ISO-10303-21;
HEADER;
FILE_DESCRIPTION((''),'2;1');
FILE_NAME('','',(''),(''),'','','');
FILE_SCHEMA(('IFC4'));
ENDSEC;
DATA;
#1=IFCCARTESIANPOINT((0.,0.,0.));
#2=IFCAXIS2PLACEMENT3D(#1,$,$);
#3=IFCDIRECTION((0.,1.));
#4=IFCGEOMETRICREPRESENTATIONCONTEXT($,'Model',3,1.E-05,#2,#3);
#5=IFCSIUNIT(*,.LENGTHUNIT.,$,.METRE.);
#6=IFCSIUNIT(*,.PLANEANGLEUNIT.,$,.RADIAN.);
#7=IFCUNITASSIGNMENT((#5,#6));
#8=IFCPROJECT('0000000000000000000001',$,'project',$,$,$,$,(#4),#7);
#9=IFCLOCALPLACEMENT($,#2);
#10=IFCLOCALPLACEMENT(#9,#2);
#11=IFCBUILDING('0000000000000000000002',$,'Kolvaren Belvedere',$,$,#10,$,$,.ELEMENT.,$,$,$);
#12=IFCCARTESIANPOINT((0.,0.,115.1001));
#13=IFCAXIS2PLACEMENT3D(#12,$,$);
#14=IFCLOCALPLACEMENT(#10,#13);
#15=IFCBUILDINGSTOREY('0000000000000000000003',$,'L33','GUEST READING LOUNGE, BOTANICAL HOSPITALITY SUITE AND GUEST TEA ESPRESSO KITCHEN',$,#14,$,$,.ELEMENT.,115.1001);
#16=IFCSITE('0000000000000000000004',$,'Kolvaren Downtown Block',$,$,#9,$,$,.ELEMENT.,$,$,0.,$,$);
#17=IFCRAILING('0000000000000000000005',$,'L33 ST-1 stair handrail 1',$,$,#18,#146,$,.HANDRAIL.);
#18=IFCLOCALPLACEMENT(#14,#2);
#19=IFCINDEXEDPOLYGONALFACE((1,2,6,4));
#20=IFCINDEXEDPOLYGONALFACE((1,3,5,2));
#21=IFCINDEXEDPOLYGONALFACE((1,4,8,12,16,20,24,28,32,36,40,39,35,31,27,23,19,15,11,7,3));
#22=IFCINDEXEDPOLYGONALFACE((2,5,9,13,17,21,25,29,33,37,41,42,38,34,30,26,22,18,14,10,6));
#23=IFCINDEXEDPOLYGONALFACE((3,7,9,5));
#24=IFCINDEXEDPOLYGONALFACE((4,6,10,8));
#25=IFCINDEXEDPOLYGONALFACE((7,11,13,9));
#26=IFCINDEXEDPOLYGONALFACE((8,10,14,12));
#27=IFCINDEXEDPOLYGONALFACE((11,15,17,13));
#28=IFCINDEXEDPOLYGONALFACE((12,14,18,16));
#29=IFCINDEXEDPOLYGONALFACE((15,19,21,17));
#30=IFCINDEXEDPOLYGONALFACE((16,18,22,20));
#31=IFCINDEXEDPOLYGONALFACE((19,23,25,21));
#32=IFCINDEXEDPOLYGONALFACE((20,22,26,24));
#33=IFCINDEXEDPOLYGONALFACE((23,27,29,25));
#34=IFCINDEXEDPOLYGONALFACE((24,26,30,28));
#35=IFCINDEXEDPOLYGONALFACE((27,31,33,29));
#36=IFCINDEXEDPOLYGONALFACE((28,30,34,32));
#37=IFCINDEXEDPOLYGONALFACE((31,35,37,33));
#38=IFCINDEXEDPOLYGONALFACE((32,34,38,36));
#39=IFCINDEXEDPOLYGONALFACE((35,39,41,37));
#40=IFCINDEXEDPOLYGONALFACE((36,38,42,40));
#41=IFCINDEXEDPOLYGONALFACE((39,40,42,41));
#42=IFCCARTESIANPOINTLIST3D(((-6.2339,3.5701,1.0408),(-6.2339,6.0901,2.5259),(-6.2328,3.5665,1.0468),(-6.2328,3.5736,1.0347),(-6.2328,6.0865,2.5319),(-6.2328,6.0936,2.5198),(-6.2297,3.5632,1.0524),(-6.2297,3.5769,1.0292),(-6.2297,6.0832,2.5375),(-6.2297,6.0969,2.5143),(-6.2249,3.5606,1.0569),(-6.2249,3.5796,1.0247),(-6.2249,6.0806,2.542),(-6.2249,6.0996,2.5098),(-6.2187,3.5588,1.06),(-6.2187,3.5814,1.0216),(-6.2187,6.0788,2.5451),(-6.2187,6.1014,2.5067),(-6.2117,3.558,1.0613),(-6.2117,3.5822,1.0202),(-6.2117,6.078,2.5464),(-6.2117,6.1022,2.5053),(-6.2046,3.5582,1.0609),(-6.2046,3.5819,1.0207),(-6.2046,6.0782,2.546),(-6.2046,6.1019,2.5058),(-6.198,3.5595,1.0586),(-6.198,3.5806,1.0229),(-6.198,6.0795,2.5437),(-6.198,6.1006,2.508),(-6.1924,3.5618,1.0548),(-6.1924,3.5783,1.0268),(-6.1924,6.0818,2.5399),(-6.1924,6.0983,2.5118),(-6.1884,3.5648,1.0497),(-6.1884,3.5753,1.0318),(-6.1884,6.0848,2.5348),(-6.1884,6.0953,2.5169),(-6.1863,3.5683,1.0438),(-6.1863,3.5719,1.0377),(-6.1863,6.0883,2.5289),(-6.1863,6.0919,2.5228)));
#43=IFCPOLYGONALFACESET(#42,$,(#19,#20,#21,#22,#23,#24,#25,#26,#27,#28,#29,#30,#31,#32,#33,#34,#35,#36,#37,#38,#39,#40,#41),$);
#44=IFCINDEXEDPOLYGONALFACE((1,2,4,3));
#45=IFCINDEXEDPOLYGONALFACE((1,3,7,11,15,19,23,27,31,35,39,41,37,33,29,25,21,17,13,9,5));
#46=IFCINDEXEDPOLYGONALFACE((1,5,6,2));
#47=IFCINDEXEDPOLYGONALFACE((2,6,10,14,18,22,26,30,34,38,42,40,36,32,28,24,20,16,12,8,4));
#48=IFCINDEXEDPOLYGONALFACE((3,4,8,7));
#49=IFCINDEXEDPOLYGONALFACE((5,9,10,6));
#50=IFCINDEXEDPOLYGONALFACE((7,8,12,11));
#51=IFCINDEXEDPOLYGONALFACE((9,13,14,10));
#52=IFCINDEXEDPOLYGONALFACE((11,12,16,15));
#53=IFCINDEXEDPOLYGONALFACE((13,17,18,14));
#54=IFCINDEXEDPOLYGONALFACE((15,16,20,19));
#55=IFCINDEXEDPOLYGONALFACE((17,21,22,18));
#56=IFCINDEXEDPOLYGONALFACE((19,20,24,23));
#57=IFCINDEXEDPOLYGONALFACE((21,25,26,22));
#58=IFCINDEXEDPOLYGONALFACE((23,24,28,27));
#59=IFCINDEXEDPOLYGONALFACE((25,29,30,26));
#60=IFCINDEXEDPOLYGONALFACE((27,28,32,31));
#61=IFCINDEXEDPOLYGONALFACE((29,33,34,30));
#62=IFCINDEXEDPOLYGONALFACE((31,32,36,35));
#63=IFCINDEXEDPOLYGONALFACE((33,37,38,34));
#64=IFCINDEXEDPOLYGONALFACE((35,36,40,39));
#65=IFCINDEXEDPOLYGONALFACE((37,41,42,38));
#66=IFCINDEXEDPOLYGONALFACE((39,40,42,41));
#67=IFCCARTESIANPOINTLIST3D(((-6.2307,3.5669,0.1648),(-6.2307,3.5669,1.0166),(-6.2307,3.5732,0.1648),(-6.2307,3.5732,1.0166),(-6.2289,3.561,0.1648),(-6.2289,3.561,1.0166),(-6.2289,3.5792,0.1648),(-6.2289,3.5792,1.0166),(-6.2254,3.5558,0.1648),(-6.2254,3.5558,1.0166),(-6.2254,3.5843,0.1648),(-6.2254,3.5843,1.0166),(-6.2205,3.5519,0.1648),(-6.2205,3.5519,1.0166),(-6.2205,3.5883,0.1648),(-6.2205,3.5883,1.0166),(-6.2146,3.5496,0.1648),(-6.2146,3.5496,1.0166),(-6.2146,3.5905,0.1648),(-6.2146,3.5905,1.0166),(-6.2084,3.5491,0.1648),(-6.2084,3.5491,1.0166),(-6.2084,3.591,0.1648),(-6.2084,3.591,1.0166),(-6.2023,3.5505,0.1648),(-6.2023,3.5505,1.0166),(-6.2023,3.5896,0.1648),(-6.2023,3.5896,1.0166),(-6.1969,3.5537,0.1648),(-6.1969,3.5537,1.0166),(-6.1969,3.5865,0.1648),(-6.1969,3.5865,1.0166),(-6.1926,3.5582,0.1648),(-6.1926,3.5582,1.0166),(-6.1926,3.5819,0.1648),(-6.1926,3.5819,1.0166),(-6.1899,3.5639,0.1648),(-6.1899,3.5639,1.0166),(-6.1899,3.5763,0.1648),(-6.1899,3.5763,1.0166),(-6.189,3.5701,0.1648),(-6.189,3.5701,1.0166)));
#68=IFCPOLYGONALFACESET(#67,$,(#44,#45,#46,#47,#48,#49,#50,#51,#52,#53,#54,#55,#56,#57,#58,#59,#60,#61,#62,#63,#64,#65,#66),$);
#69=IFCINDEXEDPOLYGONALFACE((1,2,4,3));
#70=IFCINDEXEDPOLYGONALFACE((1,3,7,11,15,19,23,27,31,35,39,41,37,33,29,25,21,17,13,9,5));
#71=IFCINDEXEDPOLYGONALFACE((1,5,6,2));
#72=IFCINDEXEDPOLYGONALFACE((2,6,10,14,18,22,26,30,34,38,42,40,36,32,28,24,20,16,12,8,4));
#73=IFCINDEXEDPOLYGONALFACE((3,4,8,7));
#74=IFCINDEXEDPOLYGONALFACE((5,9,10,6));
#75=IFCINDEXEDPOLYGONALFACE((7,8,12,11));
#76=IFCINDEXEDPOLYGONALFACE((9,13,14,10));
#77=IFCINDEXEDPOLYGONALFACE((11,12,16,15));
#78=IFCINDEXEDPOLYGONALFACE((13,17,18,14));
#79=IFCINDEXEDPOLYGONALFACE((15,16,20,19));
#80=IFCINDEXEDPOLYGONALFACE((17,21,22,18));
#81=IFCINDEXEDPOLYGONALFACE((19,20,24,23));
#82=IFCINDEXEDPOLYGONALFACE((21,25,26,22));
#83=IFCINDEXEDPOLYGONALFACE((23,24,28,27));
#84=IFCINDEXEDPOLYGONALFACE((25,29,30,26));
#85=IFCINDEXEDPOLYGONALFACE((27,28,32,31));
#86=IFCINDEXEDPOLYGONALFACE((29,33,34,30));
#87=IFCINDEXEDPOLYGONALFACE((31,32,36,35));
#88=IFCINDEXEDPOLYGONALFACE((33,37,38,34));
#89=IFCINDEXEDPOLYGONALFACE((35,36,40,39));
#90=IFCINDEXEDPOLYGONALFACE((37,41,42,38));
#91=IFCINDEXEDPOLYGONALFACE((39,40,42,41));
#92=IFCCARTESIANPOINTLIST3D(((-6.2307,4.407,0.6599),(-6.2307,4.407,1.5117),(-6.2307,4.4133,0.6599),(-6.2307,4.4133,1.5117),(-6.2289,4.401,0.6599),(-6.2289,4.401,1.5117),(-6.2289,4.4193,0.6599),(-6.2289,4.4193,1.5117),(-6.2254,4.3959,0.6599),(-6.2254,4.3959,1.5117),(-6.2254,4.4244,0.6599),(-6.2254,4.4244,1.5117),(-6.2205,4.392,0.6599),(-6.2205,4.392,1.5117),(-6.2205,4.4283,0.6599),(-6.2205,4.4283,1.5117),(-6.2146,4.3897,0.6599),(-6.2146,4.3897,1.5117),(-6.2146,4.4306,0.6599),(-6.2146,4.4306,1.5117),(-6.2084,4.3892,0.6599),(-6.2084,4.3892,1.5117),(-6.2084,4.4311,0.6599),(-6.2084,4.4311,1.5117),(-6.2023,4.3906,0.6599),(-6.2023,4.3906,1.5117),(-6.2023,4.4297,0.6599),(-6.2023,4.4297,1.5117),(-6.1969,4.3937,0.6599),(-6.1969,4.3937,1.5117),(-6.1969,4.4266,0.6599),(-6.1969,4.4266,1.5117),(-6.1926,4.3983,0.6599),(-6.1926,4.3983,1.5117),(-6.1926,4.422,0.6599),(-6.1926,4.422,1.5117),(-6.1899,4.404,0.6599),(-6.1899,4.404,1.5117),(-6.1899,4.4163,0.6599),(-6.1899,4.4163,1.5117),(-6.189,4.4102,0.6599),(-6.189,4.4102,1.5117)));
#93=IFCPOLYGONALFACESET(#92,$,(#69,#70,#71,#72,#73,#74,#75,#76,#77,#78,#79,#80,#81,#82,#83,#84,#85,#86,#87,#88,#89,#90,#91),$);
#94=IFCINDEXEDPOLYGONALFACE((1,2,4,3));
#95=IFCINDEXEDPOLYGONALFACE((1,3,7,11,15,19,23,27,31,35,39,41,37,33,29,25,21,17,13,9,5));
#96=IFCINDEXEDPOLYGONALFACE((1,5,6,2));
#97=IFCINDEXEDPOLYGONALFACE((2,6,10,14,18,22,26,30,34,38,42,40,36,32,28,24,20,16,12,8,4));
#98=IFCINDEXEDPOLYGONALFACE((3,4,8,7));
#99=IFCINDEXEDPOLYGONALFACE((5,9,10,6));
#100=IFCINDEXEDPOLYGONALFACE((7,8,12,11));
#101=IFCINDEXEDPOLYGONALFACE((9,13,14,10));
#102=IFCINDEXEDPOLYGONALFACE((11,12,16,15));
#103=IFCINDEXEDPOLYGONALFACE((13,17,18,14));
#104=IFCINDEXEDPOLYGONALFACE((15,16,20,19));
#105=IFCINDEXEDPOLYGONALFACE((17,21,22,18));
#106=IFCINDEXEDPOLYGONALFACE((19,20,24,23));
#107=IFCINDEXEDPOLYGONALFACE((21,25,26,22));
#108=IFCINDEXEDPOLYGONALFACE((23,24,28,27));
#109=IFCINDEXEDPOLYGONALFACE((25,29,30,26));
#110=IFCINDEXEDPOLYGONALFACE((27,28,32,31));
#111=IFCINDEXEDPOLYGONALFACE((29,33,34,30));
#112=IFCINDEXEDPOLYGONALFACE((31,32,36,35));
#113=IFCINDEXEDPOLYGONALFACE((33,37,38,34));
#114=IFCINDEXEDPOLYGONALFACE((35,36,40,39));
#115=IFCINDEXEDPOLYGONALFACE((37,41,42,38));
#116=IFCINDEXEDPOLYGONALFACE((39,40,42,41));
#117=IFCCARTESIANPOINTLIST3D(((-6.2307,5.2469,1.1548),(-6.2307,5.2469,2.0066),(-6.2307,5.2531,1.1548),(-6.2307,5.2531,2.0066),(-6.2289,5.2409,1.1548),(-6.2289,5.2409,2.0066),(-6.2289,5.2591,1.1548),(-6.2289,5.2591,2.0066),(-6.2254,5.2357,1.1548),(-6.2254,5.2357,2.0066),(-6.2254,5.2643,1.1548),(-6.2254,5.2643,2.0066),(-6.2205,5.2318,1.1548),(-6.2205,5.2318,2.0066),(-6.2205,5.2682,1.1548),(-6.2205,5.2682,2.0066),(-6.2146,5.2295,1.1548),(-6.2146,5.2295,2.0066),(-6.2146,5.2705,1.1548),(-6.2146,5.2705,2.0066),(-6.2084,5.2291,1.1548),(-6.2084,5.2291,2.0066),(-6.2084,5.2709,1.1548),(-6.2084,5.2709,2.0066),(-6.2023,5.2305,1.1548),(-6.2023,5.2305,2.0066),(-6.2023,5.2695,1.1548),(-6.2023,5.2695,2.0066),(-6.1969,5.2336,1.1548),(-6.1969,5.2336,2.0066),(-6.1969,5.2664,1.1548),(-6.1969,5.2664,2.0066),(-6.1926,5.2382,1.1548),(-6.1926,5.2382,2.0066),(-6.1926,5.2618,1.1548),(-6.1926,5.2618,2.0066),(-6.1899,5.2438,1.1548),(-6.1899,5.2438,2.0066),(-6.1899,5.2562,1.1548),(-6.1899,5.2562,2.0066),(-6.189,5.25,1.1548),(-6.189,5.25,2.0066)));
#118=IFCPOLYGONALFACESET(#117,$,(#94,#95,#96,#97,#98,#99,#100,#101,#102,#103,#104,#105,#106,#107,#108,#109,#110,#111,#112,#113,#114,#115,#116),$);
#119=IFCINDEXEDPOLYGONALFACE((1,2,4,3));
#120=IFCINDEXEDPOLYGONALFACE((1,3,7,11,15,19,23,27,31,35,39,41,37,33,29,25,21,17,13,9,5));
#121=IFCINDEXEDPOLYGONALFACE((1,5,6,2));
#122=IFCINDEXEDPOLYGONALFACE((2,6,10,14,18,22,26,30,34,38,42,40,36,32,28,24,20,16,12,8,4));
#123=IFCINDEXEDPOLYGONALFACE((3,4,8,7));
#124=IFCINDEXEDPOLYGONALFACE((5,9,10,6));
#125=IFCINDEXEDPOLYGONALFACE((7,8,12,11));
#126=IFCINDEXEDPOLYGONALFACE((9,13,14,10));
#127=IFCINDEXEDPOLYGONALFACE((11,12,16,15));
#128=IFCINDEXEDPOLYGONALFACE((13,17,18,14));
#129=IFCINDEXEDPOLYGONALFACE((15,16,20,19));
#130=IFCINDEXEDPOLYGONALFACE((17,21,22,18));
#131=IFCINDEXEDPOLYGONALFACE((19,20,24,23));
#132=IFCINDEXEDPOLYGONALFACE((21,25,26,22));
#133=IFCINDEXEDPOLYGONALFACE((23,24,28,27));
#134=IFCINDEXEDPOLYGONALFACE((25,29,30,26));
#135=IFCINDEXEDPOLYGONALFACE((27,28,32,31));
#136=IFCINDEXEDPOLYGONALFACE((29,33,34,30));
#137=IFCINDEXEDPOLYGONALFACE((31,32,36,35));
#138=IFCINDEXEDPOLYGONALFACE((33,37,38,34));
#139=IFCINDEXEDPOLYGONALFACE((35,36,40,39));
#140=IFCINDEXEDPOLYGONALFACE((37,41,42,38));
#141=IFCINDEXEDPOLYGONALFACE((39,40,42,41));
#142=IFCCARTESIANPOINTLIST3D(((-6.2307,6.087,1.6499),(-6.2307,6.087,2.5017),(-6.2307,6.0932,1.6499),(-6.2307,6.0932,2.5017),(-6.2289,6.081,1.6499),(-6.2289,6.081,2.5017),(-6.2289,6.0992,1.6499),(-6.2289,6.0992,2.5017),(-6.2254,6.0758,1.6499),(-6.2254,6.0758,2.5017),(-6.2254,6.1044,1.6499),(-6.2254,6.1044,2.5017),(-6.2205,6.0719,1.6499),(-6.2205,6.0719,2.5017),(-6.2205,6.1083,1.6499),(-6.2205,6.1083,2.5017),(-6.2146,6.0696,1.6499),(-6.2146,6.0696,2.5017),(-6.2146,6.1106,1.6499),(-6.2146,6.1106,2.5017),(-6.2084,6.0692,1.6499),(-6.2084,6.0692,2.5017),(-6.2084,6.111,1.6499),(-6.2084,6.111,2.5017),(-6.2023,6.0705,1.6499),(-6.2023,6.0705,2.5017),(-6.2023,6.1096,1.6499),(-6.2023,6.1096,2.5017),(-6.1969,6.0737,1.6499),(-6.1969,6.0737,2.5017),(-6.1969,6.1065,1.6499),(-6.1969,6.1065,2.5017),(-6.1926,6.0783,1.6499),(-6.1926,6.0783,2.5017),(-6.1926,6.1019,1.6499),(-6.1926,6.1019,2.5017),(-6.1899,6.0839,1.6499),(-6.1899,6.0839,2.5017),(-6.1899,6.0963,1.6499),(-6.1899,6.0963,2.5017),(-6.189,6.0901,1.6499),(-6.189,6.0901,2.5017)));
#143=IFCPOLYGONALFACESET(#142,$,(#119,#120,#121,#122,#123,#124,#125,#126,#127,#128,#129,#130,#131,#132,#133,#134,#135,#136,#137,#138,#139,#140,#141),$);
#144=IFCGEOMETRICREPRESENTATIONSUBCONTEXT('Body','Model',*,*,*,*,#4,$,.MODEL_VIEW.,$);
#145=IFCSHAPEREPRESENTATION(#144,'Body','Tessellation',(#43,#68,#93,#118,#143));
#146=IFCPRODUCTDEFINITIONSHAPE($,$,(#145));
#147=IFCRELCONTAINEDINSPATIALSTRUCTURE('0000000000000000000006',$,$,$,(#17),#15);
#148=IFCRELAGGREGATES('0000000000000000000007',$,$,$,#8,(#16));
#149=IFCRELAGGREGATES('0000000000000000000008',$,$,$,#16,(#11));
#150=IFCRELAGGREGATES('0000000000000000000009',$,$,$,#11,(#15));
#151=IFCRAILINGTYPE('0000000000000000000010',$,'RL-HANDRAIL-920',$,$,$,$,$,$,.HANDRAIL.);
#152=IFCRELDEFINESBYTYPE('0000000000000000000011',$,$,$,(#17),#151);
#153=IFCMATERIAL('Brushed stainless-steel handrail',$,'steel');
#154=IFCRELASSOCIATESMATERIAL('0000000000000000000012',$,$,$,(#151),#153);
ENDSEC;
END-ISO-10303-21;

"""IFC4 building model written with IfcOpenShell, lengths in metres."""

from ifc_helpers import new_model, si_unit, direction, frame, origin, origin_2d, place, context, subcontext, project, spatial, circle, extrude, material, type_object, element, save


model = new_model("IFC4")

# Units and contexts
model_context = context("Model", 3, precision=1e-05, world=origin(), true_north=direction((0.0, 1.0)))
body_context = subcontext(model_context, "Body", "Model", "MODEL_VIEW")
ifc_project = project(units=[si_unit("LENGTHUNIT", "METRE"), si_unit("PLANEANGLEUNIT", "RADIAN")], contexts=[model_context])

# Site, building, storey
site_placement = place(None, origin())
site = spatial("IfcSite", under=ifc_project, at=site_placement, Name="Kolvaren Downtown Block", CompositionType="ELEMENT", RefElevation=0.0)
building_placement = place(site_placement, origin())
building = spatial("IfcBuilding", under=site, at=building_placement, Name="Kolvaren Belvedere", CompositionType="ELEMENT")
storey_placement = place(building_placement, frame((0.0, 0.0, 115.1001)))
storey = spatial("IfcBuildingStorey", under=building, at=storey_placement, Name="L33", Description="GUEST READING LOUNGE, BOTANICAL HOSPITALITY SUITE AND GUEST TEA ESPRESSO KITCHEN", CompositionType="ELEMENT", Elevation=115.1001)

# Railing
ifc_material_1 = material(Name="Brushed stainless-steel handrail", Category="steel")
railing_type_1 = type_object("IfcRailingType", Name="RL-HANDRAIL-920", PredefinedType="HANDRAIL", material=ifc_material_1)
railing_1_placement = place(storey_placement, frame((-6.21, 3.5701, 0.1648)))
element("IfcRailing", 1, at=railing_1_placement, inside=storey, type_object=railing_type_1, Name="L33 ST-1 stair handrail 1", PredefinedType="HANDRAIL", context=body_context, shape_type="SweptSolid", body=[
    extrude(circle(Radius=0.0239, at=origin_2d()), frame((0.0, 0.0, 0.876), z_axis=(0.0, 0.861524, 0.507717), x_axis=(-1.0, 0.0, 0.0)), (0.0, 0.0, 1.0), 2.925),
    extrude(circle(Radius=0.021, at=origin_2d()), origin(), (0.0, 0.0, 1.0), 0.8518),
    extrude(circle(Radius=0.021, at=origin_2d()), frame((0.0, 0.8401, 0.4951)), (0.0, 0.0, 1.0), 0.8518),
    extrude(circle(Radius=0.021, at=origin_2d()), frame((0.0, 1.6799, 0.99)), (0.0, 0.0, 1.0), 0.8518),
    extrude(circle(Radius=0.021, at=origin_2d()), frame((0.0, 2.52, 1.4851)), (0.0, 0.0, 1.0), 0.8518),
])

save(model, "model.ifc")
